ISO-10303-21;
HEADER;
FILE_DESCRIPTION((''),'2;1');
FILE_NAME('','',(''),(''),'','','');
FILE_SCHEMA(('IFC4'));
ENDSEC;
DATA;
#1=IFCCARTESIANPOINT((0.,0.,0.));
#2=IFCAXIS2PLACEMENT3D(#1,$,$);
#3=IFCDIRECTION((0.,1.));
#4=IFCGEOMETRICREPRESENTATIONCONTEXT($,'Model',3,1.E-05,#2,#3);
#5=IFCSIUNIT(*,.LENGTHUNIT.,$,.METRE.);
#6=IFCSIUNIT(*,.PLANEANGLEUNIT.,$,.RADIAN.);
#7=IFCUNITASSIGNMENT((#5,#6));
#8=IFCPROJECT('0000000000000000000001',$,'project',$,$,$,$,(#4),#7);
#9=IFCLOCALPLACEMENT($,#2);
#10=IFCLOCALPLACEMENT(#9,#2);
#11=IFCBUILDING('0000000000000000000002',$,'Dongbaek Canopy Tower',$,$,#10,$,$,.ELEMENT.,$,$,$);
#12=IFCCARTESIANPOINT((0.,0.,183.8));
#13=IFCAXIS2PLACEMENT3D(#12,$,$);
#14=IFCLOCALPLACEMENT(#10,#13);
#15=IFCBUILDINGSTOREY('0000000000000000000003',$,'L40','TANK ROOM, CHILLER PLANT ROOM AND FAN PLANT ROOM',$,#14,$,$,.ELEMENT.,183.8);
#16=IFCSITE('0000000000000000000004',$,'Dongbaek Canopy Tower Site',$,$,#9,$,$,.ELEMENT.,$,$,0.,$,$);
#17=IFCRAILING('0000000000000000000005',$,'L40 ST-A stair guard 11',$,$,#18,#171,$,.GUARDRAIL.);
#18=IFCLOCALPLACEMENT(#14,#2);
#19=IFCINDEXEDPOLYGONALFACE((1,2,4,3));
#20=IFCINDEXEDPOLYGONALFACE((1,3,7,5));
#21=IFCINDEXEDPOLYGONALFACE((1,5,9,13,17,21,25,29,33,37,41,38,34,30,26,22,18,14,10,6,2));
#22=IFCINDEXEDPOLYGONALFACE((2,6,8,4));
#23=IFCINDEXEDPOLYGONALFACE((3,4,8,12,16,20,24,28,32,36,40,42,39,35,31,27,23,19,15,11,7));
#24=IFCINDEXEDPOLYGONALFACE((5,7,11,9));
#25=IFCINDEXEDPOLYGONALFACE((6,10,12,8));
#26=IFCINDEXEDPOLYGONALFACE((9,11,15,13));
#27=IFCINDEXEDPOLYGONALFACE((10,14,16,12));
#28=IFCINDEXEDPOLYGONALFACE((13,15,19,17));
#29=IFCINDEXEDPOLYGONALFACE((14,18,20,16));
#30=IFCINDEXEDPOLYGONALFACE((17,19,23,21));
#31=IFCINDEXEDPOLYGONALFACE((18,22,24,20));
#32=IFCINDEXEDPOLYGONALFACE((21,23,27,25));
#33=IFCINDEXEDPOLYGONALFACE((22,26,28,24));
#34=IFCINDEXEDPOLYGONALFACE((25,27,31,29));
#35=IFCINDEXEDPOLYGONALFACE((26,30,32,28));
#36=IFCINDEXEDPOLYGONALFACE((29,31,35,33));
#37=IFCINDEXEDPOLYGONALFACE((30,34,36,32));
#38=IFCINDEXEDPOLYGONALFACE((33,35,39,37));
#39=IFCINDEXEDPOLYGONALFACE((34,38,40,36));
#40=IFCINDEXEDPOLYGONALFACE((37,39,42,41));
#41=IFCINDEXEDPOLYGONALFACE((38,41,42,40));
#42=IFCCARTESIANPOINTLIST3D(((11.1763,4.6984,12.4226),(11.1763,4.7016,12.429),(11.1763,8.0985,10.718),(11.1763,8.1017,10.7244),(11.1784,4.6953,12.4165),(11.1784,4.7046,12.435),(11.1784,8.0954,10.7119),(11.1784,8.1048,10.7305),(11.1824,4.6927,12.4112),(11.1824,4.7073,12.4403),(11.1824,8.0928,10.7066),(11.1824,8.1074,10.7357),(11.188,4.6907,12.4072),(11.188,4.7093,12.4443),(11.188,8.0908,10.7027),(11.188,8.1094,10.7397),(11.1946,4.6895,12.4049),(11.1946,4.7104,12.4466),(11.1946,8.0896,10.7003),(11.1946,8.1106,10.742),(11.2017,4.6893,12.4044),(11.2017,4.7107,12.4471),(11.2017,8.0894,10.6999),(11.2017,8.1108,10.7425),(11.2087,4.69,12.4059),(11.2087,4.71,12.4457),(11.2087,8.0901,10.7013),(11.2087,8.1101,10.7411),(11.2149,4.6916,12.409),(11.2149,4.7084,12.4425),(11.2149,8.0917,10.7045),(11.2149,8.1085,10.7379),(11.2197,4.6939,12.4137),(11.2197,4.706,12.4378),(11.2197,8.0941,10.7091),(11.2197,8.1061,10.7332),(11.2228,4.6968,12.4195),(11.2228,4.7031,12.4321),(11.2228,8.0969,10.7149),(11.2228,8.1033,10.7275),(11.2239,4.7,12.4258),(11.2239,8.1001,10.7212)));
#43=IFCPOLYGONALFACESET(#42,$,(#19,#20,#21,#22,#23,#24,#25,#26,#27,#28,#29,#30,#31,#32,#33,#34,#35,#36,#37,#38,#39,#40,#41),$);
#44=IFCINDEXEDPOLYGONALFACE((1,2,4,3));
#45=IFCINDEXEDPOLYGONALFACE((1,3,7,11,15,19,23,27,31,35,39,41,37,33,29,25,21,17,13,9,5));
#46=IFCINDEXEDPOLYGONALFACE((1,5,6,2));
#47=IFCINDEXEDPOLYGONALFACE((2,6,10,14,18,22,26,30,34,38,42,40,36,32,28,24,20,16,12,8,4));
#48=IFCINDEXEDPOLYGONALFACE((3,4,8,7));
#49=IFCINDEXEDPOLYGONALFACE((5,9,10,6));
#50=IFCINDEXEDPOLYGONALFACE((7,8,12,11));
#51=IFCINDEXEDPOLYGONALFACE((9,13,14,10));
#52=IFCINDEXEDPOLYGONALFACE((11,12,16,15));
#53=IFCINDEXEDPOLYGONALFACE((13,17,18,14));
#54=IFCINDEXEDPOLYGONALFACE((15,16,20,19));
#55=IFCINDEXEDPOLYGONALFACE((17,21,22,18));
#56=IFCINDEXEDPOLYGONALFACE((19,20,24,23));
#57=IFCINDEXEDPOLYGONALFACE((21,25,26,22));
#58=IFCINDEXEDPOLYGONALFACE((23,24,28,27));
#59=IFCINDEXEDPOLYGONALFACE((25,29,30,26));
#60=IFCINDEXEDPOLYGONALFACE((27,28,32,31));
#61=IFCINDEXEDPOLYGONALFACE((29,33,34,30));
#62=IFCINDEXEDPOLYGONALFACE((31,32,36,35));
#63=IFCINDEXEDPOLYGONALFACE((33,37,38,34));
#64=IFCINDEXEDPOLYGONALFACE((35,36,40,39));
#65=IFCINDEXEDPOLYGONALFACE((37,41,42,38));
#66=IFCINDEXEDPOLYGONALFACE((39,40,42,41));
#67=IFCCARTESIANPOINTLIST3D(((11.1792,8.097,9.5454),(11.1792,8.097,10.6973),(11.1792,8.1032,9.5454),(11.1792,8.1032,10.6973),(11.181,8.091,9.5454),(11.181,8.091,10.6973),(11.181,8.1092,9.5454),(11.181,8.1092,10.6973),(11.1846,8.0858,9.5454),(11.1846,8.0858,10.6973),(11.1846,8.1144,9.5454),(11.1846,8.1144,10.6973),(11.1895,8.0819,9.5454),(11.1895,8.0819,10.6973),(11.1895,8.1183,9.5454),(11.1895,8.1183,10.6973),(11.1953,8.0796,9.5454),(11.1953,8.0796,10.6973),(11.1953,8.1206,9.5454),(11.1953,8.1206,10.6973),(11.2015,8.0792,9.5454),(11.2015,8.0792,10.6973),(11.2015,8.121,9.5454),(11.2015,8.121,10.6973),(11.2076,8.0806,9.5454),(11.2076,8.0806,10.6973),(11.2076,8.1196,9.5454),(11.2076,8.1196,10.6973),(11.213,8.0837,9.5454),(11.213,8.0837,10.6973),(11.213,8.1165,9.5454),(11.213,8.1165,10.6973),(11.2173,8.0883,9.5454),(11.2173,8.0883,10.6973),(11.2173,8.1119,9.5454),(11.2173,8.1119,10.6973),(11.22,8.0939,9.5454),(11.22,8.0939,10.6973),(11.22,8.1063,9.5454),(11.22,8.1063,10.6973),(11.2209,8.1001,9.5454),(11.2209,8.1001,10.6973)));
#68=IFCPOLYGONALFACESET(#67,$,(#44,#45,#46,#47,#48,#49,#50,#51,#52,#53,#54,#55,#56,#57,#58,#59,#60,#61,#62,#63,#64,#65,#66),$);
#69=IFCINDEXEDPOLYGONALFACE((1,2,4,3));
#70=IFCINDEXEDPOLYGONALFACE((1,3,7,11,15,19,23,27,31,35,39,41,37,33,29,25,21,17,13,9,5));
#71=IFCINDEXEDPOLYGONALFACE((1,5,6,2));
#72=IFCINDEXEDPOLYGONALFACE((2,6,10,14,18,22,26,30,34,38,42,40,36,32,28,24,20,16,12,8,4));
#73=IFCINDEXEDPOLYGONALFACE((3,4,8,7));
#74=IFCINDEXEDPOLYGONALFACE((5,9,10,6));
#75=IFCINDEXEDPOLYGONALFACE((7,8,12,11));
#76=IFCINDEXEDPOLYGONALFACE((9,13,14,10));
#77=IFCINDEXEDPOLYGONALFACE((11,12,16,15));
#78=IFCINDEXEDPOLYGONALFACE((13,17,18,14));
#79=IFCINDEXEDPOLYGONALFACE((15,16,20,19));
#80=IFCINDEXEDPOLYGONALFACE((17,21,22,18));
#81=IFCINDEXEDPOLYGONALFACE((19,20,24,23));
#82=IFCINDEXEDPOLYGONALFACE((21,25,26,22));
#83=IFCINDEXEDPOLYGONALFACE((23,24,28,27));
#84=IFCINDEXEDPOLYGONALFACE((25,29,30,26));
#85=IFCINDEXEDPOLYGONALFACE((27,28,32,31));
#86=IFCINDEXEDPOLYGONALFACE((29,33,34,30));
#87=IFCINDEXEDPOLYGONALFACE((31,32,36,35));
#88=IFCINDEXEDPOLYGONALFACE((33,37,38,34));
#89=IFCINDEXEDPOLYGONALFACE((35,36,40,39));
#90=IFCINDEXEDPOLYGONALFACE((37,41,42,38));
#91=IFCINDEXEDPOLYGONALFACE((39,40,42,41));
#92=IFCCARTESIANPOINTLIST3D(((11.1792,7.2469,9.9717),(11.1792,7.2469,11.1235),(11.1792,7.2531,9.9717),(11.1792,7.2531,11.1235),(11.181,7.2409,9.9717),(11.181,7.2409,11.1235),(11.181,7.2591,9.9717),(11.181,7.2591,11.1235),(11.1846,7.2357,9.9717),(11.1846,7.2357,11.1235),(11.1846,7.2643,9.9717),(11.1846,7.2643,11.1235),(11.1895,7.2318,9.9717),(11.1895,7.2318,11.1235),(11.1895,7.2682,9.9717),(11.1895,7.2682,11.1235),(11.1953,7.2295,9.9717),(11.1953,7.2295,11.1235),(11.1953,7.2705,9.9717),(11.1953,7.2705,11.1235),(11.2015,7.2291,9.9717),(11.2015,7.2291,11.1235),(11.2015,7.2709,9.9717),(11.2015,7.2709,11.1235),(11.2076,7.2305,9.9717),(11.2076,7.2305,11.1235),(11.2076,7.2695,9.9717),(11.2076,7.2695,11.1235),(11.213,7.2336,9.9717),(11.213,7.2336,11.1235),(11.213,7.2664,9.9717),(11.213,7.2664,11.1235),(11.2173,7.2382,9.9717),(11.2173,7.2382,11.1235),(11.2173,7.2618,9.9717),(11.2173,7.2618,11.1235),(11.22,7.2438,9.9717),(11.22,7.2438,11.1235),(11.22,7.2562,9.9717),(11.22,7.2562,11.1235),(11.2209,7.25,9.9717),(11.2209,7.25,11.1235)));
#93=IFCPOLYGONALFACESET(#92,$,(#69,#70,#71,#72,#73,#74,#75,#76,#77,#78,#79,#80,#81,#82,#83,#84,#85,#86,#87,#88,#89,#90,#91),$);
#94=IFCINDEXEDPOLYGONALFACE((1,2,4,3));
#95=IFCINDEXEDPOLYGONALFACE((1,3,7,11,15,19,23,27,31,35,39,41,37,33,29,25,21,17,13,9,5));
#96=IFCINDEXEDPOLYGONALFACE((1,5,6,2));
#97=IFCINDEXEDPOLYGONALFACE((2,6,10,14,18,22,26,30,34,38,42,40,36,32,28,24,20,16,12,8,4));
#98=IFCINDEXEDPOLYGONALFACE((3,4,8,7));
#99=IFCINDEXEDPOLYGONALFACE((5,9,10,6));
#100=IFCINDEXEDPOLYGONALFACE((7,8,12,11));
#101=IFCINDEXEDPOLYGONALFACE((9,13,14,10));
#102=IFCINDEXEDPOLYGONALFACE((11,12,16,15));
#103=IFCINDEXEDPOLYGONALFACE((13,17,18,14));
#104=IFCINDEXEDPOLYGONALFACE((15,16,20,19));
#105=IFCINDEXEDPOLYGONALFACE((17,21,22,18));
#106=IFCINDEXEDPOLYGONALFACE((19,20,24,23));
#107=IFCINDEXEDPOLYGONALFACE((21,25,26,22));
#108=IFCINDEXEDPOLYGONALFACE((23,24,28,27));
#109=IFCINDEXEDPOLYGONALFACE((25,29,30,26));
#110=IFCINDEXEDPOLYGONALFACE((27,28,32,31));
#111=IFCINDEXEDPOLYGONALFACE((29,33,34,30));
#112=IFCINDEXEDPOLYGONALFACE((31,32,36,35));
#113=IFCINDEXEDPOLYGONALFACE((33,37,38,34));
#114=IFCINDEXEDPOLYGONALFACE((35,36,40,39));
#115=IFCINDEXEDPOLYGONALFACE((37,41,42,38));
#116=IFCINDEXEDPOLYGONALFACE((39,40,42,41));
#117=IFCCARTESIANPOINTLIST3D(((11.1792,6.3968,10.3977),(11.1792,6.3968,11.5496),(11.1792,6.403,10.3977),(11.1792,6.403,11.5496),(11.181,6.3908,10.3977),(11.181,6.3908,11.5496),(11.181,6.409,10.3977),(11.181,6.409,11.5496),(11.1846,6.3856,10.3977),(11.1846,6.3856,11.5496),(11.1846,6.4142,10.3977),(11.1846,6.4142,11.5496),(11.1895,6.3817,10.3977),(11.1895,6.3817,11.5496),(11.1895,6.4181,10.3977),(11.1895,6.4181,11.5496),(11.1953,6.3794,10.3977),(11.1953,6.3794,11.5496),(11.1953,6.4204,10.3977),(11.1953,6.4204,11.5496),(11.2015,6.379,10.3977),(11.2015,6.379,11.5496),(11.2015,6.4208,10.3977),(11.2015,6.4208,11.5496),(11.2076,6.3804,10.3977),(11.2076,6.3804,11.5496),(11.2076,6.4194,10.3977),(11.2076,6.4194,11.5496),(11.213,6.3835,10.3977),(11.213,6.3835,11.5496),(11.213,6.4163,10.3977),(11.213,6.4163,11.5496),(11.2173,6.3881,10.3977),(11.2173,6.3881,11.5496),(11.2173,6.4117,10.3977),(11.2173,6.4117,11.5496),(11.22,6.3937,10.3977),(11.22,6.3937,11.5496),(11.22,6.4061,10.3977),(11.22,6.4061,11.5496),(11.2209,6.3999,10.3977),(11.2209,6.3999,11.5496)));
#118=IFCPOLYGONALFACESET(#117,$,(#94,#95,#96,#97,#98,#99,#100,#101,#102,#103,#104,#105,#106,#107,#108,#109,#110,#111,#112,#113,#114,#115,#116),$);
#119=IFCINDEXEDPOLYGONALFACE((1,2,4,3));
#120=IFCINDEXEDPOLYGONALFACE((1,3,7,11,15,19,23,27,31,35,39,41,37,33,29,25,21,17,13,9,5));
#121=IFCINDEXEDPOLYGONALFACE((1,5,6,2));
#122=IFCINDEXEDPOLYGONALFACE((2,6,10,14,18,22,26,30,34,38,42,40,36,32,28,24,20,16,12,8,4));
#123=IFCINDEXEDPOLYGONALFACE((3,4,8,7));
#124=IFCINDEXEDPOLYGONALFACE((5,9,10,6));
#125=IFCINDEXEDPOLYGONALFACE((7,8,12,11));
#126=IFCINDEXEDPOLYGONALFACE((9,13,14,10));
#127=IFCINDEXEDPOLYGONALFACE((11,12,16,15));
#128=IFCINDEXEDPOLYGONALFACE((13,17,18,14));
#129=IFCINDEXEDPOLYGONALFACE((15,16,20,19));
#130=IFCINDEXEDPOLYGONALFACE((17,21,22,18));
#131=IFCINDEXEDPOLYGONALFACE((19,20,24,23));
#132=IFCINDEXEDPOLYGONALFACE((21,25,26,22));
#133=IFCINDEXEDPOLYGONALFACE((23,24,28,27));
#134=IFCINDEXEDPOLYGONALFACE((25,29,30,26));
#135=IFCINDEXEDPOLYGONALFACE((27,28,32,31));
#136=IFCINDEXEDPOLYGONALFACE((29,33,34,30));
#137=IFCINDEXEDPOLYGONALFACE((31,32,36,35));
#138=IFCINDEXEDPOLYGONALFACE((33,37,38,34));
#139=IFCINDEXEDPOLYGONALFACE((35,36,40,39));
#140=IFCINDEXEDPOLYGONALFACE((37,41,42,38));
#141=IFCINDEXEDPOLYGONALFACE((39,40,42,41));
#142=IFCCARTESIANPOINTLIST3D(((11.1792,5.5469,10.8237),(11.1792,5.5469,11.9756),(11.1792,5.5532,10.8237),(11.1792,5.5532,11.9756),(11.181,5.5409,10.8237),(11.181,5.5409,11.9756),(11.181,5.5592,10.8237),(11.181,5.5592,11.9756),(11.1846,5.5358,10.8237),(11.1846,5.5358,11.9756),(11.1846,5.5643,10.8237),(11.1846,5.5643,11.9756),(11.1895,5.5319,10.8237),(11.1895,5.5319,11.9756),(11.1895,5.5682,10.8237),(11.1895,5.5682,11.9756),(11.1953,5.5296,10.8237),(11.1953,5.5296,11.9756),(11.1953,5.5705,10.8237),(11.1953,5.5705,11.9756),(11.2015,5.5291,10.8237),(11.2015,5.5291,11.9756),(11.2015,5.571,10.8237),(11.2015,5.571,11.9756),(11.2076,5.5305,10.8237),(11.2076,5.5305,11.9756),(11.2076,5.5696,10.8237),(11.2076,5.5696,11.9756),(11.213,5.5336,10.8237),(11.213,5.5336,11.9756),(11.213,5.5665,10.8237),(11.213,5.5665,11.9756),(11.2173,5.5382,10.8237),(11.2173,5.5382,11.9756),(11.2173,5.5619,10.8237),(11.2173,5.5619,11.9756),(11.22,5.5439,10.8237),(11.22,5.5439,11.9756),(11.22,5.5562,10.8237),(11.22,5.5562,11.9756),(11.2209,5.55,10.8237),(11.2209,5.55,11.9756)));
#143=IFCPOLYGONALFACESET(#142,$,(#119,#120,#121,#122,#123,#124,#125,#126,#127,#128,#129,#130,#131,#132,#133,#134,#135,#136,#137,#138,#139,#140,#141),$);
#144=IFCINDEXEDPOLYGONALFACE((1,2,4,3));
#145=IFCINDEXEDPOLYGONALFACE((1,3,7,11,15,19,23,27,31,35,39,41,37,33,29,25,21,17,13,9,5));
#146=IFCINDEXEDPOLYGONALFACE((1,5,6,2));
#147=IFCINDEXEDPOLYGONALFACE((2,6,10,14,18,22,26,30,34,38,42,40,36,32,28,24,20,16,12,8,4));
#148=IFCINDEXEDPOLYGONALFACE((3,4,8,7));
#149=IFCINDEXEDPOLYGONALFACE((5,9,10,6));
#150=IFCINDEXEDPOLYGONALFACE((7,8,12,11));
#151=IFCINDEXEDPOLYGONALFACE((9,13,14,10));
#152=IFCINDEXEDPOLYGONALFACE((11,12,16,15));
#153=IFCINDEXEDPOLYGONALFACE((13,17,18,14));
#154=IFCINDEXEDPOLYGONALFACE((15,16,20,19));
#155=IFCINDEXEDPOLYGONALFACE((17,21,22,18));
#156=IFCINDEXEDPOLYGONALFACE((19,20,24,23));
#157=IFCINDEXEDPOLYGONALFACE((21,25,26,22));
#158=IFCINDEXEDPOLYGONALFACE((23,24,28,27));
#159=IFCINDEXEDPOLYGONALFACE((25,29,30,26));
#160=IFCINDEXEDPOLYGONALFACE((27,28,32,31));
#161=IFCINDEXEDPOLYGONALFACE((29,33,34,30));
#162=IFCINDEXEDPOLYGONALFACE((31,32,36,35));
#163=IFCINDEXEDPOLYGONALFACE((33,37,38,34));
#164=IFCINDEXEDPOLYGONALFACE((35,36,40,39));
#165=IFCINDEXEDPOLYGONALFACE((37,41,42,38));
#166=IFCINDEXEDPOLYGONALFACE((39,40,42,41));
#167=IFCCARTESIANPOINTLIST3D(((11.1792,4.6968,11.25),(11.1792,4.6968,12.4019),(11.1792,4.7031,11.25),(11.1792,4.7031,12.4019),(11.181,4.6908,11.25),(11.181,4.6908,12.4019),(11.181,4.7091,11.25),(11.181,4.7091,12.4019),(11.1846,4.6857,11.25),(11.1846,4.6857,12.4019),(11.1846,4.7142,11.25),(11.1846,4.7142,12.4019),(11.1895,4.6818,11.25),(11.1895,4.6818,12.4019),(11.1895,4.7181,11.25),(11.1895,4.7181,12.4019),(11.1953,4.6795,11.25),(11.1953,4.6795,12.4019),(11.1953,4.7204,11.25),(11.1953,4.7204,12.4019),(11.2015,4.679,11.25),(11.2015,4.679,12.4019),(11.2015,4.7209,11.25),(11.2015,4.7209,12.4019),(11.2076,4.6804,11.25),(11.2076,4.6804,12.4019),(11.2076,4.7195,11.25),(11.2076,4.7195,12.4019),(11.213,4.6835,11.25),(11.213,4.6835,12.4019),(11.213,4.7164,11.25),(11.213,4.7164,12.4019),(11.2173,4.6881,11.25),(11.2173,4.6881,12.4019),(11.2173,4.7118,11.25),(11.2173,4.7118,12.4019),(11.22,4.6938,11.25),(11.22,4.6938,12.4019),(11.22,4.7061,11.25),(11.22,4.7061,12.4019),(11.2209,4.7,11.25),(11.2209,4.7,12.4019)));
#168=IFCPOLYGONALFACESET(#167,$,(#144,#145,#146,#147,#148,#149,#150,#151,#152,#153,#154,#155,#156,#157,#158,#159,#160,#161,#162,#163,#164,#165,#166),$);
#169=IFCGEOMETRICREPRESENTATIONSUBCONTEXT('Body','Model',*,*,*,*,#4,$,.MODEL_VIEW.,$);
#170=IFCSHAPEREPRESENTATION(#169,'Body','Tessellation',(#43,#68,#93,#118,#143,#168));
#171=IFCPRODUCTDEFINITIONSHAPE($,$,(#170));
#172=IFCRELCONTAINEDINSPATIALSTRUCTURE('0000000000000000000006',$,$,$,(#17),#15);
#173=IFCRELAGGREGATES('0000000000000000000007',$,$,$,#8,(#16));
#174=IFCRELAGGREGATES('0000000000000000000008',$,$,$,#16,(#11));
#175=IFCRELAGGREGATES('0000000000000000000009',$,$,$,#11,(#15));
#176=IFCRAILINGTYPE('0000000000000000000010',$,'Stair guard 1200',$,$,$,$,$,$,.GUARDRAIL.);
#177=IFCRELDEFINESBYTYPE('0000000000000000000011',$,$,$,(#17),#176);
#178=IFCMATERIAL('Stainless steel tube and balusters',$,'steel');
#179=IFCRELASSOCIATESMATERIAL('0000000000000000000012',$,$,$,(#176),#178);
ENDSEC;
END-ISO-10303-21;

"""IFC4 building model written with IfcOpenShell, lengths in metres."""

from ifc_helpers import new_model, si_unit, direction, frame, origin, origin_2d, place, context, subcontext, project, spatial, circle, extrude, material, type_object, element, save


model = new_model("IFC4")

# Units and contexts
model_context = context("Model", 3, precision=1e-05, world=origin(), true_north=direction((0.0, 1.0)))
body_context = subcontext(model_context, "Body", "Model", "MODEL_VIEW")
ifc_project = project(units=[si_unit("LENGTHUNIT", "METRE"), si_unit("PLANEANGLEUNIT", "RADIAN")], contexts=[model_context])

# Site, building, storey
site_placement = place(None, origin())
site = spatial("IfcSite", under=ifc_project, at=site_placement, Name="Dongbaek Canopy Tower Site", CompositionType="ELEMENT", RefElevation=0.0)
building_placement = place(site_placement, origin())
building = spatial("IfcBuilding", under=site, at=building_placement, Name="Dongbaek Canopy Tower", CompositionType="ELEMENT")
storey_placement = place(building_placement, frame((0.0, 0.0, 183.8)))
storey = spatial("IfcBuildingStorey", under=building, at=storey_placement, Name="L40", Description="TANK ROOM, CHILLER PLANT ROOM AND FAN PLANT ROOM", CompositionType="ELEMENT", Elevation=183.8)

# Railing
ifc_material_1 = material(Name="Stainless steel tube and balusters", Category="steel")
railing_type_1 = type_object("IfcRailingType", Name="Stair guard 1200", PredefinedType="GUARDRAIL", material=ifc_material_1)
railing_1_placement = place(storey_placement, frame((11.2, 8.1001, 9.5454)))
element("IfcRailing", 1, at=railing_1_placement, inside=storey, type_object=railing_type_1, Name="L40 ST-A stair guard 11", PredefinedType="GUARDRAIL", context=body_context, shape_type="SweptSolid", body=[
    extrude(circle(Radius=0.0239, at=origin_2d()), frame((0.0, 0.0, 1.1758), z_axis=(0.0, -0.893952, 0.448163), x_axis=(1.0, 0.0, 0.0)), (0.0, 0.0, 1.0), 3.8035),
    extrude(circle(Radius=0.021, at=origin_2d()), origin(), (0.0, 0.0, 1.0), 1.1519),
    extrude(circle(Radius=0.021, at=origin_2d()), frame((0.0, -0.8501, 0.4263)), (0.0, 0.0, 1.0), 1.1519),
    extrude(circle(Radius=0.021, at=origin_2d()), frame((0.0, -1.7002, 0.8523)), (0.0, 0.0, 1.0), 1.1519),
    extrude(circle(Radius=0.021, at=origin_2d()), frame((0.0, -2.55, 1.2783)), (0.0, 0.0, 1.0), 1.1519),
    extrude(circle(Radius=0.021, at=origin_2d()), frame((0.0, -3.4001, 1.7046)), (0.0, 0.0, 1.0), 1.1519),
])

save(model, "model.ifc")
